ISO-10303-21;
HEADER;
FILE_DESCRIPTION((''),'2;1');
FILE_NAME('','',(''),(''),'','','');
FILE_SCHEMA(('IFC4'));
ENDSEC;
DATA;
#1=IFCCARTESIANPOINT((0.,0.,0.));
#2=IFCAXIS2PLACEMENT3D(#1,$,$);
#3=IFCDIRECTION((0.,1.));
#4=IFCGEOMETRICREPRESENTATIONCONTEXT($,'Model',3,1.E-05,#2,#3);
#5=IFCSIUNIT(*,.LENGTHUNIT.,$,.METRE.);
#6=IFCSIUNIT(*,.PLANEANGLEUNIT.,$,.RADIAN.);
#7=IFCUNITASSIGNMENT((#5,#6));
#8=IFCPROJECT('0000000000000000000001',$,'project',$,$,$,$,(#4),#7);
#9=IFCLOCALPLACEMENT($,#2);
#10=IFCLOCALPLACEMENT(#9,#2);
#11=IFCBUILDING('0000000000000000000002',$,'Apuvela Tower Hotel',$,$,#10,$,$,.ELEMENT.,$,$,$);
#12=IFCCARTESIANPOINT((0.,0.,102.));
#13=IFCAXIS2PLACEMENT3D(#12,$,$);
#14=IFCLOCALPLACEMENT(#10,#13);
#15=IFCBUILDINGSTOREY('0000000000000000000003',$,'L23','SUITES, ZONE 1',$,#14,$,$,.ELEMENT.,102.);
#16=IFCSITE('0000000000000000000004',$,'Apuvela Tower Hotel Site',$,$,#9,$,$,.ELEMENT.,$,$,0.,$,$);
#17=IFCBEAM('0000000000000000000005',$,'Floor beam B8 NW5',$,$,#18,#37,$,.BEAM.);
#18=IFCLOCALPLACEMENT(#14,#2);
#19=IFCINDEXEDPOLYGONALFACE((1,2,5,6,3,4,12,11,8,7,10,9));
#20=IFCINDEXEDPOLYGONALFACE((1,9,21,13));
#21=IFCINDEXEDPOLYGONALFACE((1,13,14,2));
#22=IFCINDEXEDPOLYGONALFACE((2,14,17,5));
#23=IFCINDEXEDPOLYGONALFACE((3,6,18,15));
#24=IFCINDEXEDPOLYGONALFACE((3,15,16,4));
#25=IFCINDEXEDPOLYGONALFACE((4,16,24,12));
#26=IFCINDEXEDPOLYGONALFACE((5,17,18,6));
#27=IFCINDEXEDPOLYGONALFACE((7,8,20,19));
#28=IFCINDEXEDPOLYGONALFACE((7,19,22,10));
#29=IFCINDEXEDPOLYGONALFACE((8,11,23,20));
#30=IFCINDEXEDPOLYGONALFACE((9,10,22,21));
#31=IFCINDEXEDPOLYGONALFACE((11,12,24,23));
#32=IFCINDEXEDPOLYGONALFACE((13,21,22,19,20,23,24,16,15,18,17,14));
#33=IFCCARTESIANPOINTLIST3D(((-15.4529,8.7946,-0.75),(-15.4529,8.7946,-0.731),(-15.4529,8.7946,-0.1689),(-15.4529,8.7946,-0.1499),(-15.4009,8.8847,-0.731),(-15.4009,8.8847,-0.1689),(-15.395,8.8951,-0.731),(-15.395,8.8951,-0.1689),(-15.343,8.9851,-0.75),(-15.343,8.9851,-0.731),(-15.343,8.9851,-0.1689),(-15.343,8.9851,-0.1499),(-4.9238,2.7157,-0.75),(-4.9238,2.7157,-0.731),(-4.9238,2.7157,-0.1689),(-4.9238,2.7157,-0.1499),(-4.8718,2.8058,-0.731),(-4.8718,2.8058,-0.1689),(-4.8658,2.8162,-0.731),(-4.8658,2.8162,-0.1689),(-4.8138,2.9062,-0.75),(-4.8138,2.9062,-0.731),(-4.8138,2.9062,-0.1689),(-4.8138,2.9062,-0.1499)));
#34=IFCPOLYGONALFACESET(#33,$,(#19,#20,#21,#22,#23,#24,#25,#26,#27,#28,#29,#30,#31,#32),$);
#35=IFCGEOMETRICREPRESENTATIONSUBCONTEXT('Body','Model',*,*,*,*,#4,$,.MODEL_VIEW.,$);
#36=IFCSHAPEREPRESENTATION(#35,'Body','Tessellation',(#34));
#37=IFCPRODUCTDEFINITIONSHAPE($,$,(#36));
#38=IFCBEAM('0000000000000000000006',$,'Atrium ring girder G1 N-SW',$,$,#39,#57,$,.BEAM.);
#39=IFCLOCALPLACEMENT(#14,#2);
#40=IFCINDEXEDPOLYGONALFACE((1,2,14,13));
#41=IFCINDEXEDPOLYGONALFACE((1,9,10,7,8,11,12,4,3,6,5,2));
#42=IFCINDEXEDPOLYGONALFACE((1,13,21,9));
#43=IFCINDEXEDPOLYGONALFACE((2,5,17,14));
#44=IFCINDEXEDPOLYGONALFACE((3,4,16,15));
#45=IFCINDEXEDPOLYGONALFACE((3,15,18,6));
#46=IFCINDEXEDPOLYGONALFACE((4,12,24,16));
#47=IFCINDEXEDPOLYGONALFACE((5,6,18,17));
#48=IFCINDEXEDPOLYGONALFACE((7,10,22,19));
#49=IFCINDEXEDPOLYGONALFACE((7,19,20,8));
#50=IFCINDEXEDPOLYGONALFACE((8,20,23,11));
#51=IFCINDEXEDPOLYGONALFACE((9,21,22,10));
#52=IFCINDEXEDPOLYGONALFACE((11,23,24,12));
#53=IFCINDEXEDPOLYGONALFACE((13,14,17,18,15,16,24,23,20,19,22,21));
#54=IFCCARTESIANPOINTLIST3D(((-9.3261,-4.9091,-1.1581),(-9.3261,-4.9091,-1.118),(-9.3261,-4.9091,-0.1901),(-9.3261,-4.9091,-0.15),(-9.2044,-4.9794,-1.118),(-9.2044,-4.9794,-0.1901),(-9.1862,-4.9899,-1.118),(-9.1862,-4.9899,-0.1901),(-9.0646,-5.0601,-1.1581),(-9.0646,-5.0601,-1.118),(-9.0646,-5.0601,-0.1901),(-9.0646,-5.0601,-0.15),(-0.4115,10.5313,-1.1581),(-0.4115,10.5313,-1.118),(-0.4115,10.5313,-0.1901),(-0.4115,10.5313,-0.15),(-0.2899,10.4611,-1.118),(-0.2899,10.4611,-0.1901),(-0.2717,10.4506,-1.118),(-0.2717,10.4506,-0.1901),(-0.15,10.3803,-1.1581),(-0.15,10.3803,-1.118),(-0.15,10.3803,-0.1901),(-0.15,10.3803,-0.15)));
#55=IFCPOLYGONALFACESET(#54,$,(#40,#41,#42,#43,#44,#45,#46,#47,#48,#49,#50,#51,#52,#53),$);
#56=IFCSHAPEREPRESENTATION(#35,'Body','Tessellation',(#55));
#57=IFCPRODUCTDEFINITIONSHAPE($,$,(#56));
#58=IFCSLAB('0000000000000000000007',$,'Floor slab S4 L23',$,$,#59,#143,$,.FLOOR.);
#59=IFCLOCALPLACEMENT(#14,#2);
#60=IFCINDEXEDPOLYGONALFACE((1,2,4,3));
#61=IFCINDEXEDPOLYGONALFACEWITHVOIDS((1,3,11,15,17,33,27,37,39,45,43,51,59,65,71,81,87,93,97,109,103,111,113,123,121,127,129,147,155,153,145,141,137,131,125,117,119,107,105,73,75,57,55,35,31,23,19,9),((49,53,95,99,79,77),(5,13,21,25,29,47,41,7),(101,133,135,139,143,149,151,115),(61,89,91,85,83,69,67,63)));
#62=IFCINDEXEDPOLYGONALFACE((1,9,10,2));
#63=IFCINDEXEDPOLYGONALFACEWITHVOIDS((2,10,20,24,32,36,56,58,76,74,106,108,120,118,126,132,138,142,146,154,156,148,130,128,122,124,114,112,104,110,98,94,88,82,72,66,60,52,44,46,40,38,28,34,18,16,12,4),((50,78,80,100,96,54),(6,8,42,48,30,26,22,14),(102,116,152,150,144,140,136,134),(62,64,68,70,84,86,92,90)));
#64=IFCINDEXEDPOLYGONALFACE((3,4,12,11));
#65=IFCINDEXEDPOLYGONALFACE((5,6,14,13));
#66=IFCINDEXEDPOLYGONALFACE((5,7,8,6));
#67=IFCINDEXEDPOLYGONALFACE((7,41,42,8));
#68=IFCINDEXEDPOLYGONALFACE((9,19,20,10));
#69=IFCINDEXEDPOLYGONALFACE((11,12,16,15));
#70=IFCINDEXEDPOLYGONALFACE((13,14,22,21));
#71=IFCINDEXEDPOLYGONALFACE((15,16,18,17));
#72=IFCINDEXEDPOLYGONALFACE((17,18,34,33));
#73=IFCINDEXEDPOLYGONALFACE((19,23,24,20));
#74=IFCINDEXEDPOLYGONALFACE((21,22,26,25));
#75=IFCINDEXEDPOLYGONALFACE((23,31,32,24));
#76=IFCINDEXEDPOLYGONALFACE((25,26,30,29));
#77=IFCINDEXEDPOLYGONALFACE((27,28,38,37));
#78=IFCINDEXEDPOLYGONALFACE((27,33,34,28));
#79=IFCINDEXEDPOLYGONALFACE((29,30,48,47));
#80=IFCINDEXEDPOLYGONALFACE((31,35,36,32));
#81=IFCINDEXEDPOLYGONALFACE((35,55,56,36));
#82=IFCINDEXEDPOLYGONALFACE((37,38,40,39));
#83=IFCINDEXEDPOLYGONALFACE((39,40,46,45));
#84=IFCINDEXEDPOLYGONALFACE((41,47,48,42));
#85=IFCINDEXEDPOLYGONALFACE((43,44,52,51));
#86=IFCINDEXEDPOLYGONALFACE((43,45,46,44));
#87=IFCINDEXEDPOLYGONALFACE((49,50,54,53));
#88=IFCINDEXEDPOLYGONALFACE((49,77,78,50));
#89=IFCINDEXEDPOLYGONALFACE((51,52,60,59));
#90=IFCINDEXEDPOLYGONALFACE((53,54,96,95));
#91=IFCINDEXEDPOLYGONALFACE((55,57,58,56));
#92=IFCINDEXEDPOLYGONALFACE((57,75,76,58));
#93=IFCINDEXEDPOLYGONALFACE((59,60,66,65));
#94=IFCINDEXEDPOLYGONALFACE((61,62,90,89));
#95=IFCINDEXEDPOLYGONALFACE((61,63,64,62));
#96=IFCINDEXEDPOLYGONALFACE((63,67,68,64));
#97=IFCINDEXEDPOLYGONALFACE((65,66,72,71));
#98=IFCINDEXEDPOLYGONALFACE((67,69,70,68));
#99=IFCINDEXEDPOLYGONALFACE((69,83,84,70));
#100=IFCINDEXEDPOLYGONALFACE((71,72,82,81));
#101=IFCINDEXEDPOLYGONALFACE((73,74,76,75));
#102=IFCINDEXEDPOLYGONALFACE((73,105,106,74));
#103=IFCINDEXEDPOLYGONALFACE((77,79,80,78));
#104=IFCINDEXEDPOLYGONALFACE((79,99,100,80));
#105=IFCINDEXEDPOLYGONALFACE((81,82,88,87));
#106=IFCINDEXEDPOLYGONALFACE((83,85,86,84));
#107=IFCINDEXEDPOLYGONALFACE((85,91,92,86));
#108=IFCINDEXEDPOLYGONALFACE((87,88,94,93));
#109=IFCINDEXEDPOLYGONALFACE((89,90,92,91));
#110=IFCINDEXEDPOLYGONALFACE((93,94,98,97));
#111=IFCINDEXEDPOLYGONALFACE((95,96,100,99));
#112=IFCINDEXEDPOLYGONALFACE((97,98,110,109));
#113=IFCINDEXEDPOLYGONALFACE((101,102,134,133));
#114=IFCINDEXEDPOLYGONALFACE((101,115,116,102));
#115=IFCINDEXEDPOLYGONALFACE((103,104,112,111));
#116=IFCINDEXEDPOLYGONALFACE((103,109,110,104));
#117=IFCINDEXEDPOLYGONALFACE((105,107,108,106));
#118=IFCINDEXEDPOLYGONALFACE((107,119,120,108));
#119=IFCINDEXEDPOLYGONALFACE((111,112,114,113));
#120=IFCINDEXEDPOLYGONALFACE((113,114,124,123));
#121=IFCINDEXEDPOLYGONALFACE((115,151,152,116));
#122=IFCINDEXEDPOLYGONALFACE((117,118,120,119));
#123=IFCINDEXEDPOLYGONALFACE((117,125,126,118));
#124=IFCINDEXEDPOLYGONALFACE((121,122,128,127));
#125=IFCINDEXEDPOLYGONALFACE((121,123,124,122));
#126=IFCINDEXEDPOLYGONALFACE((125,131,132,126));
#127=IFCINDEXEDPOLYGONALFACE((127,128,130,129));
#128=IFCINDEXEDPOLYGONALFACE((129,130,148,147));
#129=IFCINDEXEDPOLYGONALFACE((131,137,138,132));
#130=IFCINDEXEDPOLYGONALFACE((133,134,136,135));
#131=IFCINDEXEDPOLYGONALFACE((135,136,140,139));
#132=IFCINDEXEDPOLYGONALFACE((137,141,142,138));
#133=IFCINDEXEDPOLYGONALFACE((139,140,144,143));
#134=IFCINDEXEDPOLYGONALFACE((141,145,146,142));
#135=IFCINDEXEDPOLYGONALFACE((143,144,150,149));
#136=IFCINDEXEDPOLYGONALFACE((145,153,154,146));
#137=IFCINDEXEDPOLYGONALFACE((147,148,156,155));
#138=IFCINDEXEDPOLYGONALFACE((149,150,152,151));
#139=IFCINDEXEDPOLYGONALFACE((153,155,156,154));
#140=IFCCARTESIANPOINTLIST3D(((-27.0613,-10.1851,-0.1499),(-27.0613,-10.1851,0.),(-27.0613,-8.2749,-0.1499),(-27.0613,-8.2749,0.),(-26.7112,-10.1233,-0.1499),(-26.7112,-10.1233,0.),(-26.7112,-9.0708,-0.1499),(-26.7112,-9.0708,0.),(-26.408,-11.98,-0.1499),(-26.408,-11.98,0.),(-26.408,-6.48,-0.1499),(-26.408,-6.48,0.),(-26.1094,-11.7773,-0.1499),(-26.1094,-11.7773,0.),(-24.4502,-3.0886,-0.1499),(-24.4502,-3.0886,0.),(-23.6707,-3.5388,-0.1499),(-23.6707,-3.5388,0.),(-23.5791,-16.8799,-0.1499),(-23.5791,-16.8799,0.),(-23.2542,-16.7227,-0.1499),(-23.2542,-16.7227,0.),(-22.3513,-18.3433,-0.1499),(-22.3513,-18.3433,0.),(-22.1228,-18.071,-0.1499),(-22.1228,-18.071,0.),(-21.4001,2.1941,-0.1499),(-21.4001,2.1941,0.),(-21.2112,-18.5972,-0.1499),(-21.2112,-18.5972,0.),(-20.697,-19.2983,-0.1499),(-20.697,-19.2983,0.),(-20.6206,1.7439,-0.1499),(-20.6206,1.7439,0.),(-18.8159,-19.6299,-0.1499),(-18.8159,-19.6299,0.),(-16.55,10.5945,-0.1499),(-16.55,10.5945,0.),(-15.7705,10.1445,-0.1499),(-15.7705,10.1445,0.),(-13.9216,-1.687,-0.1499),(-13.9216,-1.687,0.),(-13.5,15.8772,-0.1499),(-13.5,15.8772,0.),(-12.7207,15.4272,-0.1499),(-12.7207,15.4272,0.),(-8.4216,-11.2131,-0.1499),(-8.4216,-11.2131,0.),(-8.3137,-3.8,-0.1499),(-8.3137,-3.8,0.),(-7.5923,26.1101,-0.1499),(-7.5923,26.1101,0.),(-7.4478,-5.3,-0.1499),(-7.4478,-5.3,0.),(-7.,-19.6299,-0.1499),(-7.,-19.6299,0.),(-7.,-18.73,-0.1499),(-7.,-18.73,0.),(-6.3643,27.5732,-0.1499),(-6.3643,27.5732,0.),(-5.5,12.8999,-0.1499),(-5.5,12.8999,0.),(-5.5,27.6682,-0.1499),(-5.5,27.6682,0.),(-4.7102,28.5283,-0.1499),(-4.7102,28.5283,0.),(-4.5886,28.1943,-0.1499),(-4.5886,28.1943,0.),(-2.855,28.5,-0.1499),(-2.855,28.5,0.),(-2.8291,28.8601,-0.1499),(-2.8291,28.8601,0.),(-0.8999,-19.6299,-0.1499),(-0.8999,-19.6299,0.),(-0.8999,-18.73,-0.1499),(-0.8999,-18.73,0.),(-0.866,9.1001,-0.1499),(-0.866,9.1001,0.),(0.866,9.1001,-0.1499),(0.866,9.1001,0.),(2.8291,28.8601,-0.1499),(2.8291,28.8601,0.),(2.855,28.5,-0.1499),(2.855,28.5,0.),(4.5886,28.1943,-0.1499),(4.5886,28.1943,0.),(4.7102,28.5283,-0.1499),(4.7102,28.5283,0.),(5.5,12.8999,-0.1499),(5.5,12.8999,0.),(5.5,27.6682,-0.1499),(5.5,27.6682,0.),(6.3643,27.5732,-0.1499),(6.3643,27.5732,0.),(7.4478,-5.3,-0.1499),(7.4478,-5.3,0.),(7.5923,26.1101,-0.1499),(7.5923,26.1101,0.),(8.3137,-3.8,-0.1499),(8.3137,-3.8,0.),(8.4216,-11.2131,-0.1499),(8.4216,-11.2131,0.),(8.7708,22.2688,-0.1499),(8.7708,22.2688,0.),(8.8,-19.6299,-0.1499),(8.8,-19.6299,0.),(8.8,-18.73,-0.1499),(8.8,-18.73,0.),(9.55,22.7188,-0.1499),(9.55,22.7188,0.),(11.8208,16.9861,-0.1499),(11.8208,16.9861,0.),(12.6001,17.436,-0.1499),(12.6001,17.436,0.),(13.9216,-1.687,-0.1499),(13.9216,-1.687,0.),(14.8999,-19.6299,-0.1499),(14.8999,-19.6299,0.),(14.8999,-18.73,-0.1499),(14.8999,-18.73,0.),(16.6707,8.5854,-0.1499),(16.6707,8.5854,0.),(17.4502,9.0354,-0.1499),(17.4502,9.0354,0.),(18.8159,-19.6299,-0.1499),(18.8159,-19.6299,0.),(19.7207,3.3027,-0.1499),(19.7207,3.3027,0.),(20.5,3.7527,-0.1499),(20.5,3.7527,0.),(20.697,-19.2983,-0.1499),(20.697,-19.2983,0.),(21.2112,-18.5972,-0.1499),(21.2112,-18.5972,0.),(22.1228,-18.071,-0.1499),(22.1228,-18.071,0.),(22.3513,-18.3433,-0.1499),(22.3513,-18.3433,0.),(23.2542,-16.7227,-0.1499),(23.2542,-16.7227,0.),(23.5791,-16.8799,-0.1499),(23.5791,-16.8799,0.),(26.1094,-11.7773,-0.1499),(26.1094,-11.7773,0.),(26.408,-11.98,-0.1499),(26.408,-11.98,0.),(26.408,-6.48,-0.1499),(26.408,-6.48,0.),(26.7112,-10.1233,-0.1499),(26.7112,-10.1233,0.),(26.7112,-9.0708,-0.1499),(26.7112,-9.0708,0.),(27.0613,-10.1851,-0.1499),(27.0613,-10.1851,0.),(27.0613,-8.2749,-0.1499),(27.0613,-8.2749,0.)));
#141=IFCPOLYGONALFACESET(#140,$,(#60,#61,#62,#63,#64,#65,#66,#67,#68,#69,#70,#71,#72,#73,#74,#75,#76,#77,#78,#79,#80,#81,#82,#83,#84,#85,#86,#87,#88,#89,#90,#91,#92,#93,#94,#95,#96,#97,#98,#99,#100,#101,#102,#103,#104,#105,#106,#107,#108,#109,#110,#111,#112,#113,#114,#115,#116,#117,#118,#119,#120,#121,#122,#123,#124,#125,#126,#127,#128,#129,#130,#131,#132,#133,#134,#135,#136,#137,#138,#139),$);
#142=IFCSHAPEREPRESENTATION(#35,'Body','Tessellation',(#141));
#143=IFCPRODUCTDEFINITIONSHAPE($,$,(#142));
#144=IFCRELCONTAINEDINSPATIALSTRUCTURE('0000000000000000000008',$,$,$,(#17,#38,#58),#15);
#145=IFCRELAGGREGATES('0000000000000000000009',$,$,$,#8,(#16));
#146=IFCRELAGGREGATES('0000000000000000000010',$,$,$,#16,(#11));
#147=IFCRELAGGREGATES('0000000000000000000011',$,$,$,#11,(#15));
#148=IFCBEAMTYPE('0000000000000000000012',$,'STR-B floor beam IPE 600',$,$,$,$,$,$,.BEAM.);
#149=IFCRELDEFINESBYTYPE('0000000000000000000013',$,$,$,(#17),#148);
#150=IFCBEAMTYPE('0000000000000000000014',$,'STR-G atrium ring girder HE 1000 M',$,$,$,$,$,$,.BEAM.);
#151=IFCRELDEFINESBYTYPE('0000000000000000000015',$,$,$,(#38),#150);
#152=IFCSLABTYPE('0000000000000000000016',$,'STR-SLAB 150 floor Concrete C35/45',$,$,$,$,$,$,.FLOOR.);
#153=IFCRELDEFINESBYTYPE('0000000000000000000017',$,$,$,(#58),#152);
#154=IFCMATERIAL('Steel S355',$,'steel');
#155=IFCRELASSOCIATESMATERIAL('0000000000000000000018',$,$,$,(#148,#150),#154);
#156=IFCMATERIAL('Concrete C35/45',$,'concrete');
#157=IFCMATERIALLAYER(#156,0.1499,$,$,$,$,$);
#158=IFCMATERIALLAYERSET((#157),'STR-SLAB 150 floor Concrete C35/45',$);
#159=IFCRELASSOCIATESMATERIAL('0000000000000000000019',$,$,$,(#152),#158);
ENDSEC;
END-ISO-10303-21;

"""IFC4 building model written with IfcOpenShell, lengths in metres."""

from ifc_helpers import new_model, si_unit, direction, frame, origin, origin_2d, place, context, subcontext, project, spatial, polyline, i_section, outline, extrude, material, layer, layer_set, material_profile, profile_set, type_object, element, save


model = new_model("IFC4")

# Units and contexts
model_context = context("Model", 3, precision=1e-05, world=origin(), true_north=direction((0.0, 1.0)))
body_context = subcontext(model_context, "Body", "Model", "MODEL_VIEW")
ifc_project = project(units=[si_unit("LENGTHUNIT", "METRE"), si_unit("PLANEANGLEUNIT", "RADIAN")], contexts=[model_context])

# Site, building, storey
site_placement = place(None, origin())
site = spatial("IfcSite", under=ifc_project, at=site_placement, Name="Apuvela Tower Hotel Site", CompositionType="ELEMENT", RefElevation=0.0)
building_placement = place(site_placement, origin())
building = spatial("IfcBuilding", under=site, at=building_placement, Name="Apuvela Tower Hotel", CompositionType="ELEMENT")
storey_placement = place(building_placement, frame((0.0, 0.0, 102.0)))
storey = spatial("IfcBuildingStorey", under=building, at=storey_placement, Name="L23", Description="SUITES, ZONE 1", CompositionType="ELEMENT", Elevation=102.0)

# Beams
ifc_material_1 = material(Name="Steel S355", Category="steel")
ifc_material_profile_1 = material_profile(ifc_material_1, i_section(OverallWidth=0.22, OverallDepth=0.6001, WebThickness=0.012, FlangeThickness=0.019, at=origin_2d()), Name="IPE 600")
ifc_profile_set_1 = profile_set([ifc_material_profile_1], Name="Steel S355")
beam_type_1 = type_object("IfcBeamType", Name="STR-B floor beam IPE 600", PredefinedType="BEAM", material=ifc_profile_set_1)
beam_1_placement = place(storey_placement, frame((-15.3979, 8.8899, -0.45), z_axis=(0.866029, -0.499994, 0.0), x_axis=(0.499994, 0.866029, 0.0)))
element("IfcBeam", 1, at=beam_1_placement, inside=storey, type_object=beam_type_1, Name="Floor beam B8 NW5", PredefinedType="BEAM", context=body_context, shape_type="SweptSolid", body=[
    extrude(i_section(OverallWidth=0.22, OverallDepth=0.6001, WebThickness=0.012, FlangeThickness=0.019, at=origin_2d()), origin(), (0.0, 0.0, 1.0), 12.158),
])
ifc_material_profile_2 = material_profile(ifc_material_1, i_section(OverallWidth=0.302, OverallDepth=1.0081, WebThickness=0.021, FlangeThickness=0.04, at=origin_2d()), Name="HE 1000 M")
ifc_profile_set_2 = profile_set([ifc_material_profile_2], Name="Steel S355")
beam_type_2 = type_object("IfcBeamType", Name="STR-G atrium ring girder HE 1000 M", PredefinedType="BEAM", material=ifc_profile_set_2)
beam_2_placement = place(storey_placement, frame((-0.2808, 10.4558, -0.6541), z_axis=(-0.500001, -0.866025, 0.0), x_axis=(0.866025, -0.500001, 0.0)))
element("IfcBeam", 2, at=beam_2_placement, inside=storey, type_object=beam_type_2, Name="Atrium ring girder G1 N-SW", PredefinedType="BEAM", context=body_context, shape_type="SweptSolid", body=[
    extrude(i_section(OverallWidth=0.302, OverallDepth=1.0081, WebThickness=0.021, FlangeThickness=0.04, at=origin_2d()), origin(), (0.0, 0.0, 1.0), 17.8291),
])

# Slab
ifc_material_2 = material(Name="Concrete C35/45", Category="concrete")
ifc_layer_1 = layer(ifc_material_2, 0.1499)
ifc_layer_set_1 = layer_set([ifc_layer_1], Name="STR-SLAB 150 floor Concrete C35/45")
slab_type = type_object("IfcSlabType", Name="STR-SLAB 150 floor Concrete C35/45", PredefinedType="FLOOR", material=ifc_layer_set_1)
slab_placement = place(storey_placement, frame((0.0, 0.0, -0.1499)))
element("IfcSlab", 3, at=slab_placement, inside=storey, type_object=slab_type, Name="Floor slab S4 L23", PredefinedType="FLOOR", context=body_context, shape_type="SweptSolid", body=[
    extrude(outline(polyline([(-6.3643, 27.5732), (-4.7102, 28.5283), (-2.8291, 28.8601), (2.8291, 28.8601), (4.7102, 28.5283), (6.3643, 27.5732), (7.5923, 26.1101), (9.55, 22.7188), (8.7708, 22.2688), (11.8208, 16.9861), (12.6001, 17.436), (17.4502, 9.0354), (16.6707, 8.5854), (19.7207, 3.3027), (20.5, 3.7527), (26.408, -6.48), (27.0613, -8.2749), (27.0613, -10.1851), (26.408, -11.98), (23.5791, -16.8799), (22.3513, -18.3433), (20.697, -19.2983), (18.8159, -19.6299), (14.8999, -19.6299), (14.8999, -18.73), (8.8, -18.73), (8.8, -19.6299), (-0.8999, -19.6299), (-0.8999, -18.73), (-7.0, -18.73), (-7.0, -19.6299), (-18.8159, -19.6299), (-20.697, -19.2983), (-22.3513, -18.3433), (-23.5791, -16.8799), (-26.408, -11.98), (-27.0613, -10.1851), (-27.0613, -8.2749), (-26.408, -6.48), (-24.4502, -3.0886), (-23.6707, -3.5388), (-20.6206, 1.7439), (-21.4001, 2.1941), (-16.55, 10.5945), (-15.7705, 10.1445), (-12.7207, 15.4272), (-13.5, 15.8772), (-7.5923, 26.1101), (-6.3643, 27.5732)]), holes=[polyline([(0.866, 9.1001), (-0.866, 9.1001), (-8.3137, -3.8), (-7.4478, -5.3), (7.4478, -5.3), (8.3137, -3.8), (0.866, 9.1001)]), polyline([(-5.5, 12.8999), (-5.5, 27.6682), (-4.5886, 28.1943), (-2.855, 28.5), (2.855, 28.5), (4.5886, 28.1943), (5.5, 27.6682), (5.5, 12.8999), (-5.5, 12.8999)]), polyline([(-8.4216, -11.2131), (-21.2112, -18.5972), (-22.1228, -18.071), (-23.2542, -16.7227), (-26.1094, -11.7773), (-26.7112, -10.1233), (-26.7112, -9.0708), (-13.9216, -1.687), (-8.4216, -11.2131)]), polyline([(13.9216, -1.687), (26.7112, -9.0708), (26.7112, -10.1233), (26.1094, -11.7773), (23.2542, -16.7227), (22.1228, -18.071), (21.2112, -18.5972), (8.4216, -11.2131), (13.9216, -1.687)])]), origin(), (0.0, 0.0, 1.0), 0.1499),
])

save(model, "model.ifc")
